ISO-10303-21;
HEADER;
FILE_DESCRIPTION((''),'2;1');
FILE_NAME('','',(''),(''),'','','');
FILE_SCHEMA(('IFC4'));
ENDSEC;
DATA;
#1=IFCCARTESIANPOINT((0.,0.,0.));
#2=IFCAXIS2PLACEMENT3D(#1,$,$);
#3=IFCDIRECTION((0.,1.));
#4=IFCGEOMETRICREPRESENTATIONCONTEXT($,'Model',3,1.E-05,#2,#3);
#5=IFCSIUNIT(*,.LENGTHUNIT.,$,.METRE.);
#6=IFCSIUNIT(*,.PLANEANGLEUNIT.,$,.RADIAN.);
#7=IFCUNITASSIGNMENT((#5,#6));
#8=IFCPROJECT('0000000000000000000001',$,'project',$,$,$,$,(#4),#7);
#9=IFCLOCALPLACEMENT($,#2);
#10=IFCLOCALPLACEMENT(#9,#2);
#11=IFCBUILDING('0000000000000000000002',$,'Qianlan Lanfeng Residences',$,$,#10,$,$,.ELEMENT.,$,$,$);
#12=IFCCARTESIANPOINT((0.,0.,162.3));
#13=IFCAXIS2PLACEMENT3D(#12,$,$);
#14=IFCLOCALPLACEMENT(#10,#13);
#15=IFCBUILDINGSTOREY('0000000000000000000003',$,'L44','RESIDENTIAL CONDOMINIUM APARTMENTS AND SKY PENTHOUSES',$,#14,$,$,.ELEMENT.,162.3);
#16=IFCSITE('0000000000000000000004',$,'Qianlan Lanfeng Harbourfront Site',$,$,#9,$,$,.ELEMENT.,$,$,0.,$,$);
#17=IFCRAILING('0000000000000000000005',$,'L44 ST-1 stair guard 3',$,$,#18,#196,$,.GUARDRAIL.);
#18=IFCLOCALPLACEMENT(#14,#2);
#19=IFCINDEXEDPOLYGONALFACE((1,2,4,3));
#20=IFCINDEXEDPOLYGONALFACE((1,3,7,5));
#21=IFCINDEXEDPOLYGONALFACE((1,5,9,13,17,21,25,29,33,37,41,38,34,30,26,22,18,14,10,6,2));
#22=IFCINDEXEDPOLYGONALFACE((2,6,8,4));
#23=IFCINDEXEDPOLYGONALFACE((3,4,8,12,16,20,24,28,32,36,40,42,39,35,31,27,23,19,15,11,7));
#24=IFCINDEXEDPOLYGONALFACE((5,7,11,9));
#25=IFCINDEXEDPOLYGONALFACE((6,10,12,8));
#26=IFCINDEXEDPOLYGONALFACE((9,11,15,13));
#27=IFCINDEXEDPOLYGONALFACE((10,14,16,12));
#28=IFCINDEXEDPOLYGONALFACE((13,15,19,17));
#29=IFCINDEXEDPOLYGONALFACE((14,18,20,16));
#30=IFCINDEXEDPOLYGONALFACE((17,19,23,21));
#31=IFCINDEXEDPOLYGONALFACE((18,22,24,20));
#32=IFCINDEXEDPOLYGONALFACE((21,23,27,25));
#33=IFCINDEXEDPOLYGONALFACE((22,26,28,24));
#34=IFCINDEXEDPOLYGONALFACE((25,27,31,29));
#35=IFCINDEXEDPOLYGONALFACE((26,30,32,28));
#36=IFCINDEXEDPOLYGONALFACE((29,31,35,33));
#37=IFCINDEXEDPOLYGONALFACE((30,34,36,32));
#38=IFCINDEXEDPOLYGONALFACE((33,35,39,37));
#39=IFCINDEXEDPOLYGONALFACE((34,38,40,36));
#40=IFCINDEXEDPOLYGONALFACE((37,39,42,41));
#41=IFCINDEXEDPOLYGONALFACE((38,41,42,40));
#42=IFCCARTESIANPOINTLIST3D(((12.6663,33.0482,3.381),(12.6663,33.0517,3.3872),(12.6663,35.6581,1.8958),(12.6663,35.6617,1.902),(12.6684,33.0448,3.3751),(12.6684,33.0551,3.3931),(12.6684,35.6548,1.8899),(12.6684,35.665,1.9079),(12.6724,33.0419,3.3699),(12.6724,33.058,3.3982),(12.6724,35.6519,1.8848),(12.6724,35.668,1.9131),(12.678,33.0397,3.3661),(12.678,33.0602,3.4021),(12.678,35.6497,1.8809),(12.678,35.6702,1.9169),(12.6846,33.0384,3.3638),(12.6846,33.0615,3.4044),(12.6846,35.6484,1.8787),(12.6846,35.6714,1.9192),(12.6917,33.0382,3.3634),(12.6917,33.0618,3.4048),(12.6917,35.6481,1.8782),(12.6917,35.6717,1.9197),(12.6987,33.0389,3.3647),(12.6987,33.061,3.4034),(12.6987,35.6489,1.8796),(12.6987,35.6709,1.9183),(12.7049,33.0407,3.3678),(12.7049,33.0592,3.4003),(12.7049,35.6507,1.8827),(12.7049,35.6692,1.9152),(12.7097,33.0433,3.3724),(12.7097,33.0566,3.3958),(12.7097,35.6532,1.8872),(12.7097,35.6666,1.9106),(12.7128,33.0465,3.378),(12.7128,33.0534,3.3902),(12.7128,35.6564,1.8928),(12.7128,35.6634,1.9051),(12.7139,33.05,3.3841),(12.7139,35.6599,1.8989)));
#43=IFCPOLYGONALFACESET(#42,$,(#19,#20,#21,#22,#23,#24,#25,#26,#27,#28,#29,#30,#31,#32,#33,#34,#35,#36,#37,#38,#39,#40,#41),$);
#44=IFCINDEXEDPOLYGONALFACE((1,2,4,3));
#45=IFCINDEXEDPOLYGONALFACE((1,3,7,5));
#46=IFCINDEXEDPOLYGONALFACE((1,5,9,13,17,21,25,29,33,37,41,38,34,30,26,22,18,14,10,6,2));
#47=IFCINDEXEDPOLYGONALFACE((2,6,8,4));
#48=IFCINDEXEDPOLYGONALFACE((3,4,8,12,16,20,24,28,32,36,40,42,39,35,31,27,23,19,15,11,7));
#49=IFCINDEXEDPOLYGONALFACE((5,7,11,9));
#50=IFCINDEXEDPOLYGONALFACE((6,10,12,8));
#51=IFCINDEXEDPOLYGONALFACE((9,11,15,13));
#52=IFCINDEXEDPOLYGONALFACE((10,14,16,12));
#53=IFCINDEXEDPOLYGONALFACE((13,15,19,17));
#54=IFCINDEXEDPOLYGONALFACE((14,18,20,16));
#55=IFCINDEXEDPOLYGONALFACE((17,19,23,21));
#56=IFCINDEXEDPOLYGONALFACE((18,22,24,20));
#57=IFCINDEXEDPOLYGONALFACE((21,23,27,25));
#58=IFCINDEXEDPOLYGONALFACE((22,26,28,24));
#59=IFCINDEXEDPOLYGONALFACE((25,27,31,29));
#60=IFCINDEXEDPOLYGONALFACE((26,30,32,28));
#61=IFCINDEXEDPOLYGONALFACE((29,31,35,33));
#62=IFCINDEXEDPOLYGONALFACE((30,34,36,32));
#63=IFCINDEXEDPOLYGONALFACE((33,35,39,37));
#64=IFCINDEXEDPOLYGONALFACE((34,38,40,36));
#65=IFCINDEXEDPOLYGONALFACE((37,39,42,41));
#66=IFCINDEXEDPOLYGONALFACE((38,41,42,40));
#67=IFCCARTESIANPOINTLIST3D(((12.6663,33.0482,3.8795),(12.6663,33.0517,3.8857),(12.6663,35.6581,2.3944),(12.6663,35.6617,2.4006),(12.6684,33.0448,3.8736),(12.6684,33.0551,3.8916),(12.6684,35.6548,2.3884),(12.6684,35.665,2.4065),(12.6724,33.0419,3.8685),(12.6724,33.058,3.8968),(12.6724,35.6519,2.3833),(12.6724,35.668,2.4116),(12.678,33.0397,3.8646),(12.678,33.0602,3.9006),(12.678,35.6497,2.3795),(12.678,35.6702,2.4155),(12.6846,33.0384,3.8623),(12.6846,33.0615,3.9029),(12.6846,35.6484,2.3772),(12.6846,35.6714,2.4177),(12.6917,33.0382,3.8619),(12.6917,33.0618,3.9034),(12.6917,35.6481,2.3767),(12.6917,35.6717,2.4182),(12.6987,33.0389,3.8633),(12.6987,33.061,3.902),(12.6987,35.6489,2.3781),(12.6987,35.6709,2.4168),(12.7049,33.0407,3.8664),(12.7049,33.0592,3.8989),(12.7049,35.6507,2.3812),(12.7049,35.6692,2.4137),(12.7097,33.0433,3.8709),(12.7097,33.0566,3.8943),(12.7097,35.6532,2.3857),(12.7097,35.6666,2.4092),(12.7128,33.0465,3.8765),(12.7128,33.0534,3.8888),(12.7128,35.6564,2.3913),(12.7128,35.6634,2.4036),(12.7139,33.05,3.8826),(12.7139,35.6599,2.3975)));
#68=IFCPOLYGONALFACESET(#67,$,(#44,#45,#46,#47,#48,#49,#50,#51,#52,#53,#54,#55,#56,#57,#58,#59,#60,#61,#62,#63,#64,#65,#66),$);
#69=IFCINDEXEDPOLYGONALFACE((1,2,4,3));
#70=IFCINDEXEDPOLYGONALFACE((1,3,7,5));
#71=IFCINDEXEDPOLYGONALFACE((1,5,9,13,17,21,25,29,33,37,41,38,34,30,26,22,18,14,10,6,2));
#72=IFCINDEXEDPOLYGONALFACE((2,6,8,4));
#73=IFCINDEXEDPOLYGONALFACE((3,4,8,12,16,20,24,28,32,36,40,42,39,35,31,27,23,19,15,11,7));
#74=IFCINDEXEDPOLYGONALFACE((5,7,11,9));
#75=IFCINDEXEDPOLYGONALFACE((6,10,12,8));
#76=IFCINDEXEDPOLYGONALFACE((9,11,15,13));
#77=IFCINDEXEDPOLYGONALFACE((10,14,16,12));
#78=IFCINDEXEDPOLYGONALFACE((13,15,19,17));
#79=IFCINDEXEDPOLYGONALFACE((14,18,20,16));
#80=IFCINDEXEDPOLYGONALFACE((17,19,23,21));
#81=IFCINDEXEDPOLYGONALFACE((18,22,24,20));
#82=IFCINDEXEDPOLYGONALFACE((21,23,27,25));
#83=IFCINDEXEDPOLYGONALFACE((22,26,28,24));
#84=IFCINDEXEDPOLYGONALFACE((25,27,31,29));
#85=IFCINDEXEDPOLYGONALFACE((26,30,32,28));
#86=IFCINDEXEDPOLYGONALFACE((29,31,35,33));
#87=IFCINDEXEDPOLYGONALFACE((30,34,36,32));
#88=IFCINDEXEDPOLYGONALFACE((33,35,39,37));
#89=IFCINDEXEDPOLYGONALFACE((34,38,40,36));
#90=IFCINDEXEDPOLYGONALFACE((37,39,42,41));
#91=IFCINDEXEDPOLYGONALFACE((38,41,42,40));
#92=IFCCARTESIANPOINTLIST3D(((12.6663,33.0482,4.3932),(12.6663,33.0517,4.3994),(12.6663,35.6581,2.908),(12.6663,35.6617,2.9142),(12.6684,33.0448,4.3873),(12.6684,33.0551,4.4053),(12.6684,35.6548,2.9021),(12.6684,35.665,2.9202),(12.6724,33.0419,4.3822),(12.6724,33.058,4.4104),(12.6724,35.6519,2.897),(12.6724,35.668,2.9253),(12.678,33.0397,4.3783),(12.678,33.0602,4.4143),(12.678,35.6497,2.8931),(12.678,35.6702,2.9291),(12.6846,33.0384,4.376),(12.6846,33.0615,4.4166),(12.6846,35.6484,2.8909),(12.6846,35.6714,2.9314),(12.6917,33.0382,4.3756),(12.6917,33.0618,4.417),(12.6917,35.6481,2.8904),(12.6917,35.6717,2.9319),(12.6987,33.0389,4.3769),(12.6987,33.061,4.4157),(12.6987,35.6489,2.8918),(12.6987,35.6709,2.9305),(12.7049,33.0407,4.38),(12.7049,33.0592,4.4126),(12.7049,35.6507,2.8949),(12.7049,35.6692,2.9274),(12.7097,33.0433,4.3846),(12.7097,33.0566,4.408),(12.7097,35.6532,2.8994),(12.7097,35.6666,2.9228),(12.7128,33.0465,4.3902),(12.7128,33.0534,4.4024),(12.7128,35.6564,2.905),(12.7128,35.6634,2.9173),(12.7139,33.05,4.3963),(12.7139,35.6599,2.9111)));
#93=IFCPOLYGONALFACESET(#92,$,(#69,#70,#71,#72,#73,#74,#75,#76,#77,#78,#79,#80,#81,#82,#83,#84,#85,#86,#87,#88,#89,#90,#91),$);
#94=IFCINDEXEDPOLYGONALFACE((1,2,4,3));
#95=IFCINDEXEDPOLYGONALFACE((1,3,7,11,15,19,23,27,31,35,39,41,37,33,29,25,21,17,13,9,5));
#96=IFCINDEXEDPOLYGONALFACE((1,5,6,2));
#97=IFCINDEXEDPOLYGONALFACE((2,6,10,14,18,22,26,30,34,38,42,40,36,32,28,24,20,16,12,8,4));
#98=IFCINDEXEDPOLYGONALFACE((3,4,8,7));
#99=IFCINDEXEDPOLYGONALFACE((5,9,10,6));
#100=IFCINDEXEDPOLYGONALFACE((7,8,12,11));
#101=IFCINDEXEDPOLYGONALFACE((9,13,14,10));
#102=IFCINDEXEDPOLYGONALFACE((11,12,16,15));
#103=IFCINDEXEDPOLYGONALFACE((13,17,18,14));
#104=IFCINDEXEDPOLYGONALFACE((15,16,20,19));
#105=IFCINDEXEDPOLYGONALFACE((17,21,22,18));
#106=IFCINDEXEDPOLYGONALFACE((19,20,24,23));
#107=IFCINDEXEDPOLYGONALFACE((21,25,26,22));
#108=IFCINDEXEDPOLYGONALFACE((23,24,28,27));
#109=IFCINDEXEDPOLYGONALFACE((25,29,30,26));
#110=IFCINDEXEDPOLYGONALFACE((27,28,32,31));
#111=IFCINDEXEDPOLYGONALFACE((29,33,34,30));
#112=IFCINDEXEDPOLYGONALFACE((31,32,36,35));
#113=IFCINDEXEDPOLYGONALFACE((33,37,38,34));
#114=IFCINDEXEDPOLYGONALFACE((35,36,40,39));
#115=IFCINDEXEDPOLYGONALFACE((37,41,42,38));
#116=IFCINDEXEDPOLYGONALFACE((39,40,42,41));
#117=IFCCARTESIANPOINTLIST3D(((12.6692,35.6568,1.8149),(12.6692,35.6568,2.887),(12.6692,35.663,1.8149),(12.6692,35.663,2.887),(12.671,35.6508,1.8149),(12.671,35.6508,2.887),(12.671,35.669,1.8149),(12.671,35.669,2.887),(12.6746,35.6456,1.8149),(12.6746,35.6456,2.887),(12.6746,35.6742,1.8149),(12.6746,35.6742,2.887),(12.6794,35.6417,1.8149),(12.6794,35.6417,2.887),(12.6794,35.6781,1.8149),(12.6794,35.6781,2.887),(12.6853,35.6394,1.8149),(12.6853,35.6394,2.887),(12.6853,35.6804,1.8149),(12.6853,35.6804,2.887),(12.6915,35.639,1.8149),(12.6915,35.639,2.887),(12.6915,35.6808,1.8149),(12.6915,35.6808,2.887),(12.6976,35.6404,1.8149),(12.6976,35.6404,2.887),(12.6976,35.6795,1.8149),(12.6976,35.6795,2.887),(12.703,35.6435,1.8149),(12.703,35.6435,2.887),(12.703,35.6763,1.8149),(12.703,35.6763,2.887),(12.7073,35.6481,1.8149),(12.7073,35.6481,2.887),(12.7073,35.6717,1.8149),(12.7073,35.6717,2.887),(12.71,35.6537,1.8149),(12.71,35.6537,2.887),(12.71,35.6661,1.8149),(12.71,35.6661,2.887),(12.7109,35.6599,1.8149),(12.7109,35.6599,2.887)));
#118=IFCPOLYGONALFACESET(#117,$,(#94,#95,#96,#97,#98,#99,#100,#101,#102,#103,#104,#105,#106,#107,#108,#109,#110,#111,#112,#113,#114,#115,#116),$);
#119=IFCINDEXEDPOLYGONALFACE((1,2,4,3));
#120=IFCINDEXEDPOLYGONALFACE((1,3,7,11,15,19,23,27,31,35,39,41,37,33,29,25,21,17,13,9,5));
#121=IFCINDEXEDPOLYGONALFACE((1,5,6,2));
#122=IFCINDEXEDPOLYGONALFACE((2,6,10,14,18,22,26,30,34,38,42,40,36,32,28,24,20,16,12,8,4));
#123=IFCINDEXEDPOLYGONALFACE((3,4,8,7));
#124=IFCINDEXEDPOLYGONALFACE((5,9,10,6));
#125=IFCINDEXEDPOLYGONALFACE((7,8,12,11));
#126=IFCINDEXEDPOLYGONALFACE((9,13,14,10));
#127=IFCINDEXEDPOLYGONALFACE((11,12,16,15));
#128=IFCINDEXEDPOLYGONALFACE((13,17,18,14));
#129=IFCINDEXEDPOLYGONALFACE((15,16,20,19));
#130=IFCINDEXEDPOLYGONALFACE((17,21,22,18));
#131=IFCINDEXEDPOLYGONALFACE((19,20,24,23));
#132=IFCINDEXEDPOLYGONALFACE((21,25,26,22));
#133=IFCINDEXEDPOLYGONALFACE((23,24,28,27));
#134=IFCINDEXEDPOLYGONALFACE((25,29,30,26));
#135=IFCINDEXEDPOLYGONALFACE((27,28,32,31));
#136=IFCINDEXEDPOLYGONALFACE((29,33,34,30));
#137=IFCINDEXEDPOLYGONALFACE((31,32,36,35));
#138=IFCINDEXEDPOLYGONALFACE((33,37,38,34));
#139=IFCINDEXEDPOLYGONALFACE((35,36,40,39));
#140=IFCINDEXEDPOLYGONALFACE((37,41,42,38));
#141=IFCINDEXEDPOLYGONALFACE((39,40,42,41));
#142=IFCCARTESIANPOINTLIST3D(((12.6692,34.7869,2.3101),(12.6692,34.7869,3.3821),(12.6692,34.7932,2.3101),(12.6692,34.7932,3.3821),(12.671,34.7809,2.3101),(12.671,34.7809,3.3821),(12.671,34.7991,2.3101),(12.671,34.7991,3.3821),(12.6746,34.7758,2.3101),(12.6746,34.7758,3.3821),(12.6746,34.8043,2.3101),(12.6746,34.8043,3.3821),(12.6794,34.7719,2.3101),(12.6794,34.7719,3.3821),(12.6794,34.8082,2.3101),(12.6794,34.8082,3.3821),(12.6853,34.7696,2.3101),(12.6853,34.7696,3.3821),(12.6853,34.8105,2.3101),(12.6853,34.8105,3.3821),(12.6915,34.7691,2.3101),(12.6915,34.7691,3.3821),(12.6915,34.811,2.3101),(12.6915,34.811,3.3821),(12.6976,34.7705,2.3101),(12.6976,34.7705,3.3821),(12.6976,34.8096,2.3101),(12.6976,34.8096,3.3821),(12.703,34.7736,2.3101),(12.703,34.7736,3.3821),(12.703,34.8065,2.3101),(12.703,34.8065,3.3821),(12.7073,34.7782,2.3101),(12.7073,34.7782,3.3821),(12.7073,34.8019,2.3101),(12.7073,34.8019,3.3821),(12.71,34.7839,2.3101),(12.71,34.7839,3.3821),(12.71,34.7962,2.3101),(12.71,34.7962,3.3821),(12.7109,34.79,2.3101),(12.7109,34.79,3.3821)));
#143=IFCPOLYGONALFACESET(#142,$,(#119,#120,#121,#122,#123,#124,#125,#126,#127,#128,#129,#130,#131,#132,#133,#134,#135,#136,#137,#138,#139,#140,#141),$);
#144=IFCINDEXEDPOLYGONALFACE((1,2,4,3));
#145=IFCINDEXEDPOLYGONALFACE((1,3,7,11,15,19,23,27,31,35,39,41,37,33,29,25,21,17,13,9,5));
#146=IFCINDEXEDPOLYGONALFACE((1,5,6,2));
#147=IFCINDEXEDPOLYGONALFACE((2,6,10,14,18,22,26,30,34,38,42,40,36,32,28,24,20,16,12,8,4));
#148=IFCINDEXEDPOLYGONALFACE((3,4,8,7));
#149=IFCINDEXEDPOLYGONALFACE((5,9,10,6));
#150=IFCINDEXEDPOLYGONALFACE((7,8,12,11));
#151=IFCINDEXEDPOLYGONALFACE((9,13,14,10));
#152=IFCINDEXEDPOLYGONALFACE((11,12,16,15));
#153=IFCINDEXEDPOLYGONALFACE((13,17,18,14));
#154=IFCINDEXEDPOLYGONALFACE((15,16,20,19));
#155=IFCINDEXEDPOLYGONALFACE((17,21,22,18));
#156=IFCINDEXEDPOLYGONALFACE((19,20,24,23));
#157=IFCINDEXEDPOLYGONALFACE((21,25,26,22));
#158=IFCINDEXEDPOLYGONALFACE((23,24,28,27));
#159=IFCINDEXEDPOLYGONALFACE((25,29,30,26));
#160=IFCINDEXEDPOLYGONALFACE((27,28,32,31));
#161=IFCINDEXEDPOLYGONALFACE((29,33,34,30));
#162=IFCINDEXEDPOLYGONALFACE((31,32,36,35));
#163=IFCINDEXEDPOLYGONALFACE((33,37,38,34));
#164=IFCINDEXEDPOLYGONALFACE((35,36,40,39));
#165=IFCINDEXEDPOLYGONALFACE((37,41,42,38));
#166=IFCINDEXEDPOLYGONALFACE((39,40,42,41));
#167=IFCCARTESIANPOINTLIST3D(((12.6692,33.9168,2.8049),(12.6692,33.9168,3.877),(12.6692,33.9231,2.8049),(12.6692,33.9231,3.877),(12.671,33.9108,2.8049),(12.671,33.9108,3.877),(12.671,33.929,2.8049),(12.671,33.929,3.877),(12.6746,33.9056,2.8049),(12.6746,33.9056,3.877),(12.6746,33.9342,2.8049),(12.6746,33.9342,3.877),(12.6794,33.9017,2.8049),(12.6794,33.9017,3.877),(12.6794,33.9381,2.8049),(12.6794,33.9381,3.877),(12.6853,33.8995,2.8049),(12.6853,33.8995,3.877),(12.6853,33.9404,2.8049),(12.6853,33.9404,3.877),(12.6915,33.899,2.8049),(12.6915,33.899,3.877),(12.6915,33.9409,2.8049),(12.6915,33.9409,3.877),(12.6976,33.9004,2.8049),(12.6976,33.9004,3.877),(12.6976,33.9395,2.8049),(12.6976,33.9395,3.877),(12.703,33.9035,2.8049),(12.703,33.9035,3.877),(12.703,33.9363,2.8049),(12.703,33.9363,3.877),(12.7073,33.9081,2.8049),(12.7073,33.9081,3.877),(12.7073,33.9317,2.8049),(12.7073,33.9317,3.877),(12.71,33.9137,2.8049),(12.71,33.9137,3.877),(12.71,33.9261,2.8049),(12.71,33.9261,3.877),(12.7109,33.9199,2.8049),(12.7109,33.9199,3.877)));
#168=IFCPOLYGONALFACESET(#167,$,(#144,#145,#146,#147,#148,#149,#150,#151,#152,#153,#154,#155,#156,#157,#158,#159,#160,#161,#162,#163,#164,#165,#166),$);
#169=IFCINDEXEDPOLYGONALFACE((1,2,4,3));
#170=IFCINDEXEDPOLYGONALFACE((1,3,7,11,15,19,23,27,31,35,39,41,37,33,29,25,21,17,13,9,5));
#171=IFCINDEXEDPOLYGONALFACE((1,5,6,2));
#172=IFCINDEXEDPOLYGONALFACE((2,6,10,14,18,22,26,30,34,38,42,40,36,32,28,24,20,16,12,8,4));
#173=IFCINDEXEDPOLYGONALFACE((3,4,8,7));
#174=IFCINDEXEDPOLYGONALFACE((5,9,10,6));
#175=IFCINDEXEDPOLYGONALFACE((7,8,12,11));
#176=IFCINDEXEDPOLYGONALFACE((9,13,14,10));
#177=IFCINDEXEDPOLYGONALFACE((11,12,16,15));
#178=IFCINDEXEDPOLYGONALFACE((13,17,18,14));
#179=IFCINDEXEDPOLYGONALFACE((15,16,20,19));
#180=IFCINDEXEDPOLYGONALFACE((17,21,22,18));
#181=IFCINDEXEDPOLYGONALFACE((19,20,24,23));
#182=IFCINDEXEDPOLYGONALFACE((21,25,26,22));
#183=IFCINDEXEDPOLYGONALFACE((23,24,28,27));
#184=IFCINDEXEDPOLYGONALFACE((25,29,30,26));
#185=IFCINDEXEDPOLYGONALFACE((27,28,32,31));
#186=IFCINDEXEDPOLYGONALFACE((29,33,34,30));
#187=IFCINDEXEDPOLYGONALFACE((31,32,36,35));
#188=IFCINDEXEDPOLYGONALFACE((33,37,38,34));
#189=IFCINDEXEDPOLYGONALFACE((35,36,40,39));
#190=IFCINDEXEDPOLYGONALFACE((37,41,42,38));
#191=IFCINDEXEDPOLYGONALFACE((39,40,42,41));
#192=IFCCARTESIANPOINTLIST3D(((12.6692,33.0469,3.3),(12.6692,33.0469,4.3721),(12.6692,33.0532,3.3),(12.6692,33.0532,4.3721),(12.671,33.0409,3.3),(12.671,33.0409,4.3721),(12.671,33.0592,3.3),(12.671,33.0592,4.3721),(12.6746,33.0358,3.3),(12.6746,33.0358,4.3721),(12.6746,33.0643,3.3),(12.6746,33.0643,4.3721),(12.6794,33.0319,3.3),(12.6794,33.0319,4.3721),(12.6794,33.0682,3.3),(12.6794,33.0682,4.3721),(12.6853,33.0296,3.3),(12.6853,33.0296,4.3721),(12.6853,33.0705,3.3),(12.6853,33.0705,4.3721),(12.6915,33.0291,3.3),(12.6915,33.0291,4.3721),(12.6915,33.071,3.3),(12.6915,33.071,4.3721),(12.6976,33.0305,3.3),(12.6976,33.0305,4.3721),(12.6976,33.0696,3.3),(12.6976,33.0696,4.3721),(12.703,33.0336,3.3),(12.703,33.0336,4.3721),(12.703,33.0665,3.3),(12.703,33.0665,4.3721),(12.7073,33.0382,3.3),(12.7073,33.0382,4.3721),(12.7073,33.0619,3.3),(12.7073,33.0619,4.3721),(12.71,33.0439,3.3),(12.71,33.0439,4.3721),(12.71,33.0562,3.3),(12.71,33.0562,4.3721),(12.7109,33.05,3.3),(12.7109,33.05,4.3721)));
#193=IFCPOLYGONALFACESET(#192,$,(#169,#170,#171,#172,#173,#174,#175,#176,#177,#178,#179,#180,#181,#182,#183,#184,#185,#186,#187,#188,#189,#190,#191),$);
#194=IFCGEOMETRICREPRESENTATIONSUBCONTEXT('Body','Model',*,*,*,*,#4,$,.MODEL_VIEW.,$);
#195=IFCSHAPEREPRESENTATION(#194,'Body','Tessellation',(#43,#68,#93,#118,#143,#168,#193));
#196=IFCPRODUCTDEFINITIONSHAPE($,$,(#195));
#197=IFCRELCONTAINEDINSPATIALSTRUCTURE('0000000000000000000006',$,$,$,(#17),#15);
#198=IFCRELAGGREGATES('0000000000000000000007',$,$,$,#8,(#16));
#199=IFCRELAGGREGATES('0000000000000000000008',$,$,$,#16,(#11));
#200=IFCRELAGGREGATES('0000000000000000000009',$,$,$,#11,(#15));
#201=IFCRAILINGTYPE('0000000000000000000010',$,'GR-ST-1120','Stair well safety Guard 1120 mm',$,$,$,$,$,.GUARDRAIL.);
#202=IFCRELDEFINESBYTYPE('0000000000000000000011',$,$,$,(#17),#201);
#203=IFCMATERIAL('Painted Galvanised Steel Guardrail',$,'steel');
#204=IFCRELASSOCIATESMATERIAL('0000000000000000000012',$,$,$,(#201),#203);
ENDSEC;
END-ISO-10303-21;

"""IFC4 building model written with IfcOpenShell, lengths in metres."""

from ifc_helpers import new_model, si_unit, direction, frame, origin, origin_2d, place, context, subcontext, project, spatial, circle, extrude, material, type_object, element, save


model = new_model("IFC4")

# Units and contexts
model_context = context("Model", 3, precision=1e-05, world=origin(), true_north=direction((0.0, 1.0)))
body_context = subcontext(model_context, "Body", "Model", "MODEL_VIEW")
ifc_project = project(units=[si_unit("LENGTHUNIT", "METRE"), si_unit("PLANEANGLEUNIT", "RADIAN")], contexts=[model_context])

# Site, building, storey
site_placement = place(None, origin())
site = spatial("IfcSite", under=ifc_project, at=site_placement, Name="Qianlan Lanfeng Harbourfront Site", CompositionType="ELEMENT", RefElevation=0.0)
building_placement = place(site_placement, origin())
building = spatial("IfcBuilding", under=site, at=building_placement, Name="Qianlan Lanfeng Residences", CompositionType="ELEMENT")
storey_placement = place(building_placement, frame((0.0, 0.0, 162.3)))
storey = spatial("IfcBuildingStorey", under=building, at=storey_placement, Name="L44", Description="RESIDENTIAL CONDOMINIUM APARTMENTS AND SKY PENTHOUSES", CompositionType="ELEMENT", Elevation=162.3)

# Railing
ifc_material_1 = material(Name="Painted Galvanised Steel Guardrail", Category="steel")
railing_type_1 = type_object("IfcRailingType", Name="GR-ST-1120", Description="Stair well safety Guard 1120 mm", PredefinedType="GUARDRAIL", material=ifc_material_1)
railing_1_placement = place(storey_placement, frame((12.6899, 35.6599, 1.8149)))
element("IfcRailing", 1, at=railing_1_placement, inside=storey, type_object=railing_type_1, Name="L44 ST-1 stair guard 3", PredefinedType="GUARDRAIL", context=body_context, shape_type="SweptSolid", body=[
    extrude(circle(Radius=0.0239, at=origin_2d()), frame((0.0, 0.0, 0.084), z_axis=(0.0, -0.869137, 0.494571), x_axis=(1.0, 0.0, 0.0)), (0.0, 0.0, 1.0), 3.0029),
    extrude(circle(Radius=0.0239, at=origin_2d()), frame((0.0, 0.0, 0.5825), z_axis=(0.0, -0.869137, 0.494571), x_axis=(1.0, 0.0, 0.0)), (0.0, 0.0, 1.0), 3.0029),
    extrude(circle(Radius=0.0239, at=origin_2d()), frame((0.0, 0.0, 1.0962), z_axis=(0.0, -0.869137, 0.494571), x_axis=(1.0, 0.0, 0.0)), (0.0, 0.0, 1.0), 3.0029),
    extrude(circle(Radius=0.021, at=origin_2d()), origin(), (0.0, 0.0, 1.0), 1.072),
    extrude(circle(Radius=0.021, at=origin_2d()), frame((0.0, -0.8699, 0.4951)), (0.0, 0.0, 1.0), 1.072),
    extrude(circle(Radius=0.021, at=origin_2d()), frame((0.0, -1.74, 0.99)), (0.0, 0.0, 1.0), 1.072),
    extrude(circle(Radius=0.021, at=origin_2d()), frame((0.0, -2.6099, 1.4851)), (0.0, 0.0, 1.0), 1.072),
])

save(model, "model.ifc")
